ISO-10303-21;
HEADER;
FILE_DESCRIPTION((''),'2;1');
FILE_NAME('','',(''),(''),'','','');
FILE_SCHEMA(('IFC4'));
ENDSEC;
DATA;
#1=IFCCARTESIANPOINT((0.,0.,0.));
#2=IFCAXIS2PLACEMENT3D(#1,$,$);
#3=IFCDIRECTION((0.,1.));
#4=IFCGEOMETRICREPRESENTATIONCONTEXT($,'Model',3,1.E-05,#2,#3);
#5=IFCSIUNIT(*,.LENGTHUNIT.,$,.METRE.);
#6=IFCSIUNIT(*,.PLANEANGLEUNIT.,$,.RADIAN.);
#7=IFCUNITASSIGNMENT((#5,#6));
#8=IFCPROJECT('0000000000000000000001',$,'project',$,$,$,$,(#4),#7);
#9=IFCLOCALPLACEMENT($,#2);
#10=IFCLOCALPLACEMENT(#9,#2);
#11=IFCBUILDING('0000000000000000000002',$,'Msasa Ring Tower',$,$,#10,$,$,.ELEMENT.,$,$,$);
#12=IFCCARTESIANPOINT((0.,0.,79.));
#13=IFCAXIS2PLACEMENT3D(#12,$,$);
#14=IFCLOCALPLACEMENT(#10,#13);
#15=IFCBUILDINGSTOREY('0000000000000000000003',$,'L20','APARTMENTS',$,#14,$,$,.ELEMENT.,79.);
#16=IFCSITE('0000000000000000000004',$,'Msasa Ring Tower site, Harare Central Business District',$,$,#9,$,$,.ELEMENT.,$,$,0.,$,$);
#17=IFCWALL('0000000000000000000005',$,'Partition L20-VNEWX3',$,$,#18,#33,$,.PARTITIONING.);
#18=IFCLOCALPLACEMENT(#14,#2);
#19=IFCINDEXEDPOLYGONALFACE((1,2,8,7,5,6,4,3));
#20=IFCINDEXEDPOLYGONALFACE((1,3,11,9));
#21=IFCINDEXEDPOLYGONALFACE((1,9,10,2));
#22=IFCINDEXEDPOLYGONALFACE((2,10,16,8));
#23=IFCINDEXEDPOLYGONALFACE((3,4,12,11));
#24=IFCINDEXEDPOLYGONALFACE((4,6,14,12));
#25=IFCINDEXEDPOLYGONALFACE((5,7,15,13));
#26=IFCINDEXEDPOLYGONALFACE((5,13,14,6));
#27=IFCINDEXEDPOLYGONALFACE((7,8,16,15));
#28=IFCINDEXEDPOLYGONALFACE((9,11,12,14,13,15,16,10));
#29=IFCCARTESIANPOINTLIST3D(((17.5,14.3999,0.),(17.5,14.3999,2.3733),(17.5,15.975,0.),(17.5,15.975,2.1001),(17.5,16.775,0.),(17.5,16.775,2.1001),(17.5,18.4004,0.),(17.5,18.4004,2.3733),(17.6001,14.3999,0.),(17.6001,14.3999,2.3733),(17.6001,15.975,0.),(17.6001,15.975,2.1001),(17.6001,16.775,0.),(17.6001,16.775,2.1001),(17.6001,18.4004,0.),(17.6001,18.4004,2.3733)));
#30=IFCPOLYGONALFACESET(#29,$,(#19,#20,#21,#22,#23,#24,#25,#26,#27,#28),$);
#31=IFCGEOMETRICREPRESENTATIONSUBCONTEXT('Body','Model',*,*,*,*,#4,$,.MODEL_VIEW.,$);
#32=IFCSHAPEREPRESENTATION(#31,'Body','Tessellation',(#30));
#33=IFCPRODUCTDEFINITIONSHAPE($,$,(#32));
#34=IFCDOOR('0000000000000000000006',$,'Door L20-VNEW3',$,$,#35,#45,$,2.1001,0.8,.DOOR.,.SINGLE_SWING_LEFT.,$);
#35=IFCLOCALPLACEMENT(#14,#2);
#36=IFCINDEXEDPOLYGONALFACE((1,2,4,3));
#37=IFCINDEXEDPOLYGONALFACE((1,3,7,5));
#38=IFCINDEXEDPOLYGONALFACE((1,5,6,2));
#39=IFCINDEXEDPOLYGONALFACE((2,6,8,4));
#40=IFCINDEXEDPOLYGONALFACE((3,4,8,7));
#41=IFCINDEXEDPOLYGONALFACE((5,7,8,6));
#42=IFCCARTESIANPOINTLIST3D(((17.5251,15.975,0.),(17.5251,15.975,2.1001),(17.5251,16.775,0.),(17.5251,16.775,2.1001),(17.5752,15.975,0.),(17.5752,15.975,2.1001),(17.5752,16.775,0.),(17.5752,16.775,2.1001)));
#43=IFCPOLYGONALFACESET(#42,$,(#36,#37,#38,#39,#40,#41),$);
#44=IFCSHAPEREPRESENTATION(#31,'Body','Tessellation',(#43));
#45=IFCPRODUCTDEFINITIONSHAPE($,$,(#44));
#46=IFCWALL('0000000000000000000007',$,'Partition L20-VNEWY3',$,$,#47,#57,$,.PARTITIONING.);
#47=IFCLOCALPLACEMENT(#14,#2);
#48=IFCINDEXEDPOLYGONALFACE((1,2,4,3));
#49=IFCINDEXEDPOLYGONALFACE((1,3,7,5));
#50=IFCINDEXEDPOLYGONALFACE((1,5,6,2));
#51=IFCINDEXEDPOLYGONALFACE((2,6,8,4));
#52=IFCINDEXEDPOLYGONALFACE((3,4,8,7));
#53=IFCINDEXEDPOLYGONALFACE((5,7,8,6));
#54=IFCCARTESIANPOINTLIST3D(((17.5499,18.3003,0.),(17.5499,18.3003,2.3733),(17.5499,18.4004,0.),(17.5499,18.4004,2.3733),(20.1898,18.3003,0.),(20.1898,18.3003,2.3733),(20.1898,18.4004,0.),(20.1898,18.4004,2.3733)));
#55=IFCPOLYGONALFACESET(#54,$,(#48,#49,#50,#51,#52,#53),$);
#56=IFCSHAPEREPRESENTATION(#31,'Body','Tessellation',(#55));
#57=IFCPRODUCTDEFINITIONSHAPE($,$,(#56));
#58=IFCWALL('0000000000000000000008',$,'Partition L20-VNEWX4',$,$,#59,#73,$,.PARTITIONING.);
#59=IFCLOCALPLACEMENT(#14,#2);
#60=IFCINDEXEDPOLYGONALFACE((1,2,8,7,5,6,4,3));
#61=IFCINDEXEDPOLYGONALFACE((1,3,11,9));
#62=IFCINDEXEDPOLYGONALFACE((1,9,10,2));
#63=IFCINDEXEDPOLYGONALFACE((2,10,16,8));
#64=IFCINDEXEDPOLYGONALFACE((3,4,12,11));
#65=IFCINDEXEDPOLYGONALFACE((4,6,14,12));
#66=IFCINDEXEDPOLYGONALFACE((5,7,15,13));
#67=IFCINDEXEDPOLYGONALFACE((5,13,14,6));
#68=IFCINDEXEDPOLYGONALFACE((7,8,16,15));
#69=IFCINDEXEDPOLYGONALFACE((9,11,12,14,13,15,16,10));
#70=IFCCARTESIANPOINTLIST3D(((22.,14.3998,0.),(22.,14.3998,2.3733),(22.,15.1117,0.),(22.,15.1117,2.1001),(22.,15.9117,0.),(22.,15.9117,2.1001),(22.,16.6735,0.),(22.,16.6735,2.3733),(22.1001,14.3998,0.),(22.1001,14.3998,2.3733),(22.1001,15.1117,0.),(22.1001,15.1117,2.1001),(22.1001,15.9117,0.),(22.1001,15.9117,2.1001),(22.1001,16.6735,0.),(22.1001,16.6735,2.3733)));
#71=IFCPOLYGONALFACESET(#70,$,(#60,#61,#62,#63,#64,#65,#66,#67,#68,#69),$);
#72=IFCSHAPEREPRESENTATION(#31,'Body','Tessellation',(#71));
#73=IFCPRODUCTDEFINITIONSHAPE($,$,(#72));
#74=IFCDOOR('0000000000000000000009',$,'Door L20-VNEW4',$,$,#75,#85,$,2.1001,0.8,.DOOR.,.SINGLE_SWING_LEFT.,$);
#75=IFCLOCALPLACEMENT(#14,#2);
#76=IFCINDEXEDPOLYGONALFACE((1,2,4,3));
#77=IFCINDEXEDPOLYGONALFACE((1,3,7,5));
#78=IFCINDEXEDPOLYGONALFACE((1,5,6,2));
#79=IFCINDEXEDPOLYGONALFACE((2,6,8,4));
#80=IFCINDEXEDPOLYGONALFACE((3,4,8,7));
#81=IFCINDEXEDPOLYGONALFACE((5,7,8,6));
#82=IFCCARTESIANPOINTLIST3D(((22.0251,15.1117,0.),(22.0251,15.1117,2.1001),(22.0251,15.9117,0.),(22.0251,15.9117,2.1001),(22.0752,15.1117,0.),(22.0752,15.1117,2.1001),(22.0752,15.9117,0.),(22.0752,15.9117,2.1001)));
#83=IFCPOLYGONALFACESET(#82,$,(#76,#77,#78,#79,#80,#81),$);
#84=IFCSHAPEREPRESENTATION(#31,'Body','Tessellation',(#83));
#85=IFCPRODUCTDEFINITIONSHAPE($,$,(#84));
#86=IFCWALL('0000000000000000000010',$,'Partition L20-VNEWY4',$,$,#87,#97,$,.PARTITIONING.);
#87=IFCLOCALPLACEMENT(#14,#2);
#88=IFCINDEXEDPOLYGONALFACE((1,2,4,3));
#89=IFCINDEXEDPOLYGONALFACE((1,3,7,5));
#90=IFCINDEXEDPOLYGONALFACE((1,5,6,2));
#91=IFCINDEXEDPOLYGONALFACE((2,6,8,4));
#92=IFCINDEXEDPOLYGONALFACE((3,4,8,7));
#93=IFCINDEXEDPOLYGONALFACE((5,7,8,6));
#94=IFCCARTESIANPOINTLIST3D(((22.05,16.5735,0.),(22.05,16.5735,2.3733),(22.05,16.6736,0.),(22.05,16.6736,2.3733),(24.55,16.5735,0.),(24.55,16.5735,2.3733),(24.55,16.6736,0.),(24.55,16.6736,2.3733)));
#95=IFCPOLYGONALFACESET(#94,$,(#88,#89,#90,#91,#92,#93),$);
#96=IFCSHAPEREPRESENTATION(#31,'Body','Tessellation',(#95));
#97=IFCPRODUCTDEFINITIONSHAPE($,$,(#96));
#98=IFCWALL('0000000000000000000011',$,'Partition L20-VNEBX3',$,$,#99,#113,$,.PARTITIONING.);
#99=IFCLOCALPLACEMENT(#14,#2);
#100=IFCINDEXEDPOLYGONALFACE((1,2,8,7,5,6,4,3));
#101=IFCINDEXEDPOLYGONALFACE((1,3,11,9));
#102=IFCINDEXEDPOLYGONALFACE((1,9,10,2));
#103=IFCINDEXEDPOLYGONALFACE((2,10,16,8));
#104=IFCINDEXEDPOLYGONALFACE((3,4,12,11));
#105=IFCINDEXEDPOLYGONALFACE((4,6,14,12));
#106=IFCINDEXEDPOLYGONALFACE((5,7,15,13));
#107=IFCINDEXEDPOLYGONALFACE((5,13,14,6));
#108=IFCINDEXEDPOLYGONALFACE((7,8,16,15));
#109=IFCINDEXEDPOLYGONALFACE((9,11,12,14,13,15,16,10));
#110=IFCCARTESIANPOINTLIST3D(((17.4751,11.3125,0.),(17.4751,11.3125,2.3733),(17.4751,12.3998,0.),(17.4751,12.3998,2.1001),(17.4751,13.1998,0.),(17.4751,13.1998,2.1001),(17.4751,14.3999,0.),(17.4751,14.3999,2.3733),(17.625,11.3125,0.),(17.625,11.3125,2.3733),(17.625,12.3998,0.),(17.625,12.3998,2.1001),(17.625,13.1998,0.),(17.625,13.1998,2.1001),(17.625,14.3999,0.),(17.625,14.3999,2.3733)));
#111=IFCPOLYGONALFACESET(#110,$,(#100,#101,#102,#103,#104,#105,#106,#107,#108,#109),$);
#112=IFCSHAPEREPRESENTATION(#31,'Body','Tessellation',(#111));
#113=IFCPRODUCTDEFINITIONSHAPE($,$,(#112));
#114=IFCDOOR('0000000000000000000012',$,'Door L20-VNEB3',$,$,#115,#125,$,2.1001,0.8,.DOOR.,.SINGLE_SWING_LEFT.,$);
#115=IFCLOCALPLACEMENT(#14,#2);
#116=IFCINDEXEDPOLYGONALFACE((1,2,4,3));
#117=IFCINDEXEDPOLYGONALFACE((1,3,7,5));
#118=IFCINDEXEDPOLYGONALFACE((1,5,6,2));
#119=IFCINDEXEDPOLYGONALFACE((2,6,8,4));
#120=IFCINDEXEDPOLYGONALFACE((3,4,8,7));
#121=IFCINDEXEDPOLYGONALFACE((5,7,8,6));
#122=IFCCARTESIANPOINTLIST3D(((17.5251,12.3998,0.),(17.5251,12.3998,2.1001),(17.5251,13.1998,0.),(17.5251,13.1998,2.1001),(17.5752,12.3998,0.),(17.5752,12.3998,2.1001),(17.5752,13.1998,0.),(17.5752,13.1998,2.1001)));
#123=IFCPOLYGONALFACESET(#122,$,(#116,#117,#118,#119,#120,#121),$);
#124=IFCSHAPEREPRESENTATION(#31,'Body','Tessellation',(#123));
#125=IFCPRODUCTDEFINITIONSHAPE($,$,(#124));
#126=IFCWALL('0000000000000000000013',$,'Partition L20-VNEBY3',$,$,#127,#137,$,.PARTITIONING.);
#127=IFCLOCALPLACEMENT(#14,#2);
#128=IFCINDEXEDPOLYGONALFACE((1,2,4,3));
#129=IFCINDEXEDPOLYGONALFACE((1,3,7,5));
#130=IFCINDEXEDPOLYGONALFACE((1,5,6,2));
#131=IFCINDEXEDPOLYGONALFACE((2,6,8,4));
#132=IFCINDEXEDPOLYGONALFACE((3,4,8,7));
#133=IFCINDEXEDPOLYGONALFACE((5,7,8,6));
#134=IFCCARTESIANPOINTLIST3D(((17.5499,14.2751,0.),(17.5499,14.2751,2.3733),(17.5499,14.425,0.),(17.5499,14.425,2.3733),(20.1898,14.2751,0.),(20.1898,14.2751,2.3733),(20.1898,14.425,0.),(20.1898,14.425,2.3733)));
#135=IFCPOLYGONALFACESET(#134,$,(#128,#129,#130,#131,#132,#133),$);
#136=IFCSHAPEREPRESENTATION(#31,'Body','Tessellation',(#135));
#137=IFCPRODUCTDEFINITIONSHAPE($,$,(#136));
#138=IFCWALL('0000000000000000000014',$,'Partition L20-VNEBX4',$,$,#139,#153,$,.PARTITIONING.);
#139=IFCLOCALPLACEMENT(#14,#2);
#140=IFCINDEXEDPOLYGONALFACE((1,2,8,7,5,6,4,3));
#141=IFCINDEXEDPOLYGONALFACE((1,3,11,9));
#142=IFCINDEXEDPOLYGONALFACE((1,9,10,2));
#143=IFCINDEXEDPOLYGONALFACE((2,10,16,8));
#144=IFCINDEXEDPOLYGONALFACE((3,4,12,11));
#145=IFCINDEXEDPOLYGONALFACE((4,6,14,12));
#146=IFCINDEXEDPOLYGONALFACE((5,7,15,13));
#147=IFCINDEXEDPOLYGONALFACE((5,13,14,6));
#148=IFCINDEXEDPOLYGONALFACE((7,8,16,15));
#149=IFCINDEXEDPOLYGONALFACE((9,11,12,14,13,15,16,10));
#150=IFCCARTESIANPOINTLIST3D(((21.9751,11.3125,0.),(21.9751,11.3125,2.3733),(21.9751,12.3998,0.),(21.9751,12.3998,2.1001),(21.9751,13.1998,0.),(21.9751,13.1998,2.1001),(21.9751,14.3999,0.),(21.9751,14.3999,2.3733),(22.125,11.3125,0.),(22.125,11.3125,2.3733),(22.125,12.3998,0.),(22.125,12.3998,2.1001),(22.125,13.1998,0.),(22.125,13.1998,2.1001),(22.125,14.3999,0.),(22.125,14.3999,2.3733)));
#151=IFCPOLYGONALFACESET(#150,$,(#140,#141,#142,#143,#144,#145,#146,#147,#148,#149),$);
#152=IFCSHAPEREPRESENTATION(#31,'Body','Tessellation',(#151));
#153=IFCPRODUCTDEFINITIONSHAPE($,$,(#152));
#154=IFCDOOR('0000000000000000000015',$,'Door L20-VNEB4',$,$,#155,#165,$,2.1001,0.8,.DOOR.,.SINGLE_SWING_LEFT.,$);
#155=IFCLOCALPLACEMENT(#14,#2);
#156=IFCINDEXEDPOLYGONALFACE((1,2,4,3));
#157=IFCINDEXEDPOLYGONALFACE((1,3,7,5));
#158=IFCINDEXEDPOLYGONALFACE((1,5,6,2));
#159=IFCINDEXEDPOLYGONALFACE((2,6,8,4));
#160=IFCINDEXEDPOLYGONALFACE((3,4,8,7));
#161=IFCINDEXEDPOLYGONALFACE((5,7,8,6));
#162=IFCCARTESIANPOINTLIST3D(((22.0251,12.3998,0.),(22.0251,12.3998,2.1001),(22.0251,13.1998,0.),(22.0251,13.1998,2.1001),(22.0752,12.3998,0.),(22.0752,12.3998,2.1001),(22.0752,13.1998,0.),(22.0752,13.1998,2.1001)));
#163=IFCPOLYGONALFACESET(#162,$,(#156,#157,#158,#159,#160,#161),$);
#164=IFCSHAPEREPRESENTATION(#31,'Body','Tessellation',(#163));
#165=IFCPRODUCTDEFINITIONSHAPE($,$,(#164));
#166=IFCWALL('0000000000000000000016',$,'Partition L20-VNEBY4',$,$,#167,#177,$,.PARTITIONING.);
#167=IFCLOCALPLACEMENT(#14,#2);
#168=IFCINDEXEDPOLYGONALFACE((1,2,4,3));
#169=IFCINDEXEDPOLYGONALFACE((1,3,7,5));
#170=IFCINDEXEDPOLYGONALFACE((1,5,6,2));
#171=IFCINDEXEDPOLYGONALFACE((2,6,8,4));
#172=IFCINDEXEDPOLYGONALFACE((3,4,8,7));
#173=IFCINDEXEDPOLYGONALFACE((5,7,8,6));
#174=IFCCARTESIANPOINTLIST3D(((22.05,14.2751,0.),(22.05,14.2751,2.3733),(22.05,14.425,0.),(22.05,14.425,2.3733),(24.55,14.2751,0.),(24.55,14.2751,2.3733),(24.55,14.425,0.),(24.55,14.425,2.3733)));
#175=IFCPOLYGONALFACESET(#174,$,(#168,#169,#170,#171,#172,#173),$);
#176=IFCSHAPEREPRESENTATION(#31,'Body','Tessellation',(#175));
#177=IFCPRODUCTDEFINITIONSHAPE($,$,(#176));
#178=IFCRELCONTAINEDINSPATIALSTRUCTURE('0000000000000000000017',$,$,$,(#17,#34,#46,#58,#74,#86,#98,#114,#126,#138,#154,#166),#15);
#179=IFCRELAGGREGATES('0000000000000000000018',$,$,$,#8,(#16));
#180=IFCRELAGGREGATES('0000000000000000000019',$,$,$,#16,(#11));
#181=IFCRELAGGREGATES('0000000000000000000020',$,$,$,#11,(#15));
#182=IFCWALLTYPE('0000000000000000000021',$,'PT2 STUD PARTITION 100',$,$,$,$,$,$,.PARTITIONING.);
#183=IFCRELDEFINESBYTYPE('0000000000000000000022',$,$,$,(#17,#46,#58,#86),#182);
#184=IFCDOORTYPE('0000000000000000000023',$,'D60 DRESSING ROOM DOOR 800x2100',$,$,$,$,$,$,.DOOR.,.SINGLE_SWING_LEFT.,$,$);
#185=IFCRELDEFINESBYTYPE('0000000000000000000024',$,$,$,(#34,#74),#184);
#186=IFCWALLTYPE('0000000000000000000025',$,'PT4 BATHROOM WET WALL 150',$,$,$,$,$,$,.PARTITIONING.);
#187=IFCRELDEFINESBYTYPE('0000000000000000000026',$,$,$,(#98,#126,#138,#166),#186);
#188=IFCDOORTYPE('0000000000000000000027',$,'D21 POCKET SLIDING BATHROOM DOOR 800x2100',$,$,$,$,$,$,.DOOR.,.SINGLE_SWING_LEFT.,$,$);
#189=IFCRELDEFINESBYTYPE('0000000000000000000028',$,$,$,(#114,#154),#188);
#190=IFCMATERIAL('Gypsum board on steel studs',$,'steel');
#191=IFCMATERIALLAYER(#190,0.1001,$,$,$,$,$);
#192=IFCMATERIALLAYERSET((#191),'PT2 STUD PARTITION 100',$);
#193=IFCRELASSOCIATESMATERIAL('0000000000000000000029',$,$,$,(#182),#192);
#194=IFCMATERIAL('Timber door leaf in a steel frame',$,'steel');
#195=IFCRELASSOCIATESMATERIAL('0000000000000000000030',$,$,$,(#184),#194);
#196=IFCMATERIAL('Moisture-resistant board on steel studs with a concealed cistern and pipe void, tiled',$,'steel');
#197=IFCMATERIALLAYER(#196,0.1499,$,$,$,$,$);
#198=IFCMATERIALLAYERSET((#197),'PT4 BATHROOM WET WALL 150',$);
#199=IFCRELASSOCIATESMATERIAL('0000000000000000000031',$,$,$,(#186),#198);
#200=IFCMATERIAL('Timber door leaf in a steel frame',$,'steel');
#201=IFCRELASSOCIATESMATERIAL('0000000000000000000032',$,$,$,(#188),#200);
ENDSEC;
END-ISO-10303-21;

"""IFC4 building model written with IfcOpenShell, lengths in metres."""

from ifc_helpers import new_model, si_unit, direction, frame, frame_2d, origin, place, context, subcontext, project, spatial, rectangle, extrude, material, layer, layer_set, type_object, element, fill, save


model = new_model("IFC4")

# Units and contexts
model_context = context("Model", 3, precision=1e-05, world=origin(), true_north=direction((0.0, 1.0)))
body_context = subcontext(model_context, "Body", "Model", "MODEL_VIEW")
ifc_project = project(units=[si_unit("LENGTHUNIT", "METRE"), si_unit("PLANEANGLEUNIT", "RADIAN")], contexts=[model_context])

# Site, building, storey
site_placement = place(None, origin())
site = spatial("IfcSite", under=ifc_project, at=site_placement, Name="Msasa Ring Tower site, Harare Central Business District", CompositionType="ELEMENT", RefElevation=0.0)
building_placement = place(site_placement, origin())
building = spatial("IfcBuilding", under=site, at=building_placement, Name="Msasa Ring Tower", CompositionType="ELEMENT")
storey_placement = place(building_placement, frame((0.0, 0.0, 79.0)))
storey = spatial("IfcBuildingStorey", under=building, at=storey_placement, Name="L20", Description="APARTMENTS", CompositionType="ELEMENT", Elevation=79.0)

# Wall, opening, door
ifc_material_1 = material(Name="Gypsum board on steel studs", Category="steel")
ifc_layer_1 = layer(ifc_material_1, 0.1001)
ifc_layer_set_1 = layer_set([ifc_layer_1], Name="PT2 STUD PARTITION 100")
wall_type_1 = type_object("IfcWallType", Name="PT2 STUD PARTITION 100", PredefinedType="PARTITIONING", material=ifc_layer_set_1)
wall_1_placement = place(storey_placement, frame((17.55, 14.3999, 0.0), z_axis=(0.0, 0.0, 1.0), x_axis=(0.0, 1.0, 0.0)))
wall_1 = element("IfcWall", 1, at=wall_1_placement, inside=storey, type_object=wall_type_1, Name="Partition L20-VNEWX3", PredefinedType="PARTITIONING", context=body_context, shape_type="SweptSolid", body=[
    extrude(rectangle(XDim=4.0005, YDim=0.1001, at=frame_2d((2.0002, 0.0))), origin(), (0.0, 0.0, 1.0), 2.3733),
])
opening_1_placement = place(wall_1_placement, frame((1.5752, 0.0, 0.0)))
opening_1 = element("IfcOpeningElement", 2, at=opening_1_placement, cuts=wall_1, PredefinedType="OPENING", context=body_context, shape_type="SweptSolid", body=[
    extrude(rectangle(XDim=0.8, YDim=2.1001, at=frame_2d((0.3999, 1.05))), frame((0.0, 0.0601, 0.0), z_axis=(0.0, -1.0, 0.0), x_axis=(1.0, 0.0, 0.0)), (0.0, 0.0, 1.0), 0.1201),
])
ifc_material_2 = material(Name="Timber door leaf in a steel frame", Category="steel")
door_type_1 = type_object("IfcDoorType", Name="D60 DRESSING ROOM DOOR 800x2100", OperationType="SINGLE_SWING_LEFT", PredefinedType="DOOR", material=ifc_material_2)
door_1_placement = place(opening_1_placement, origin())
door_1 = element("IfcDoor", 3, at=door_1_placement, inside=storey, type_object=door_type_1, Name="Door L20-VNEW3", OperationType="SINGLE_SWING_LEFT", OverallHeight=2.1001, OverallWidth=0.8, PredefinedType="DOOR", context=body_context, shape_type="SweptSolid", body=[
    extrude(rectangle(XDim=0.8, YDim=2.1001, at=frame_2d((0.3999, 1.05))), frame((0.0, 0.0249, 0.0), z_axis=(0.0, -1.0, 0.0), x_axis=(1.0, 0.0, 0.0)), (0.0, 0.0, 1.0), 0.05),
])
fill(opening_1, door_1)

# Wall
wall_2_placement = place(storey_placement, frame((17.55, 18.3503, 0.0), z_axis=(0.0, 0.0, 1.0), x_axis=(1.0, 0.0, 0.0)))
element("IfcWall", 4, at=wall_2_placement, inside=storey, type_object=wall_type_1, Name="Partition L20-VNEWY3", PredefinedType="PARTITIONING", context=body_context, shape_type="SweptSolid", body=[
    extrude(rectangle(XDim=2.6399, YDim=0.1001, at=frame_2d((1.3198, 0.0))), origin(), (0.0, 0.0, 1.0), 2.3733),
])

# Wall, opening, door
wall_3_placement = place(storey_placement, frame((22.05, 14.3999, 0.0), z_axis=(0.0, 0.0, 1.0), x_axis=(0.0, 1.0, 0.0)))
wall_3 = element("IfcWall", 5, at=wall_3_placement, inside=storey, type_object=wall_type_1, Name="Partition L20-VNEWX4", PredefinedType="PARTITIONING", context=body_context, shape_type="SweptSolid", body=[
    extrude(rectangle(XDim=2.2737, YDim=0.1001, at=frame_2d((1.1367, 0.0))), origin(), (0.0, 0.0, 1.0), 2.3733),
])
opening_2_placement = place(wall_3_placement, frame((0.7119, 0.0, 0.0)))
opening_2 = element("IfcOpeningElement", 6, at=opening_2_placement, cuts=wall_3, PredefinedType="OPENING", context=body_context, shape_type="SweptSolid", body=[
    extrude(rectangle(XDim=0.8, YDim=2.1001, at=frame_2d((0.3999, 1.05))), frame((0.0, 0.0601, 0.0), z_axis=(0.0, -1.0, 0.0), x_axis=(1.0, 0.0, 0.0)), (0.0, 0.0, 1.0), 0.1201),
])
door_2_placement = place(opening_2_placement, origin())
door_2 = element("IfcDoor", 7, at=door_2_placement, inside=storey, type_object=door_type_1, Name="Door L20-VNEW4", OperationType="SINGLE_SWING_LEFT", OverallHeight=2.1001, OverallWidth=0.8, PredefinedType="DOOR", context=body_context, shape_type="SweptSolid", body=[
    extrude(rectangle(XDim=0.8, YDim=2.1001, at=frame_2d((0.3999, 1.05))), frame((0.0, 0.0249, 0.0), z_axis=(0.0, -1.0, 0.0), x_axis=(1.0, 0.0, 0.0)), (0.0, 0.0, 1.0), 0.05),
])
fill(opening_2, door_2)

# Wall
wall_4_placement = place(storey_placement, frame((22.05, 16.6235, 0.0), z_axis=(0.0, 0.0, 1.0), x_axis=(1.0, 0.0, 0.0)))
element("IfcWall", 8, at=wall_4_placement, inside=storey, type_object=wall_type_1, Name="Partition L20-VNEWY4", PredefinedType="PARTITIONING", context=body_context, shape_type="SweptSolid", body=[
    extrude(rectangle(XDim=2.5, YDim=0.1001, at=frame_2d((1.25, 0.0))), origin(), (0.0, 0.0, 1.0), 2.3733),
])

# Wall, opening, door
ifc_material_3 = material(Name="Moisture-resistant board on steel studs with a concealed cistern and pipe void, tiled", Category="steel")
ifc_layer_2 = layer(ifc_material_3, 0.1499)
ifc_layer_set_2 = layer_set([ifc_layer_2], Name="PT4 BATHROOM WET WALL 150")
wall_type_2 = type_object("IfcWallType", Name="PT4 BATHROOM WET WALL 150", PredefinedType="PARTITIONING", material=ifc_layer_set_2)
wall_5_placement = place(storey_placement, frame((17.55, 11.3125, 0.0), z_axis=(0.0, 0.0, 1.0), x_axis=(0.0, 1.0, 0.0)))
wall_5 = element("IfcWall", 9, at=wall_5_placement, inside=storey, type_object=wall_type_2, Name="Partition L20-VNEBX3", PredefinedType="PARTITIONING", context=body_context, shape_type="SweptSolid", body=[
    extrude(rectangle(XDim=3.0874, YDim=0.1499, at=frame_2d((1.5437, 0.0))), origin(), (0.0, 0.0, 1.0), 2.3733),
])
opening_3_placement = place(wall_5_placement, frame((1.0874, 0.0, 0.0)))
opening_3 = element("IfcOpeningElement", 10, at=opening_3_placement, cuts=wall_5, PredefinedType="OPENING", context=body_context, shape_type="SweptSolid", body=[
    extrude(rectangle(XDim=0.8, YDim=2.1001, at=frame_2d((0.3999, 1.05))), frame((0.0, 0.085, 0.0), z_axis=(0.0, -1.0, 0.0), x_axis=(1.0, 0.0, 0.0)), (0.0, 0.0, 1.0), 0.1699),
])
ifc_material_4 = material(Name="Timber door leaf in a steel frame", Category="steel")
door_type_2 = type_object("IfcDoorType", Name="D21 POCKET SLIDING BATHROOM DOOR 800x2100", OperationType="SINGLE_SWING_LEFT", PredefinedType="DOOR", material=ifc_material_4)
door_3_placement = place(opening_3_placement, origin())
door_3 = element("IfcDoor", 11, at=door_3_placement, inside=storey, type_object=door_type_2, Name="Door L20-VNEB3", OperationType="SINGLE_SWING_LEFT", OverallHeight=2.1001, OverallWidth=0.8, PredefinedType="DOOR", context=body_context, shape_type="SweptSolid", body=[
    extrude(rectangle(XDim=0.8, YDim=2.1001, at=frame_2d((0.3999, 1.05))), frame((0.0, 0.0249, 0.0), z_axis=(0.0, -1.0, 0.0), x_axis=(1.0, 0.0, 0.0)), (0.0, 0.0, 1.0), 0.05),
])
fill(opening_3, door_3)

# Wall
wall_6_placement = place(storey_placement, frame((17.55, 14.3501, 0.0), z_axis=(0.0, 0.0, 1.0), x_axis=(1.0, 0.0, 0.0)))
element("IfcWall", 12, at=wall_6_placement, inside=storey, type_object=wall_type_2, Name="Partition L20-VNEBY3", PredefinedType="PARTITIONING", context=body_context, shape_type="SweptSolid", body=[
    extrude(rectangle(XDim=2.6399, YDim=0.1499, at=frame_2d((1.3198, 0.0))), origin(), (0.0, 0.0, 1.0), 2.3733),
])

# Wall, opening, door
wall_7_placement = place(storey_placement, frame((22.05, 11.3125, 0.0), z_axis=(0.0, 0.0, 1.0), x_axis=(0.0, 1.0, 0.0)))
wall_7 = element("IfcWall", 13, at=wall_7_placement, inside=storey, type_object=wall_type_2, Name="Partition L20-VNEBX4", PredefinedType="PARTITIONING", context=body_context, shape_type="SweptSolid", body=[
    extrude(rectangle(XDim=3.0874, YDim=0.1499, at=frame_2d((1.5437, 0.0))), origin(), (0.0, 0.0, 1.0), 2.3733),
])
opening_4_placement = place(wall_7_placement, frame((1.0874, 0.0, 0.0)))
opening_4 = element("IfcOpeningElement", 14, at=opening_4_placement, cuts=wall_7, PredefinedType="OPENING", context=body_context, shape_type="SweptSolid", body=[
    extrude(rectangle(XDim=0.8, YDim=2.1001, at=frame_2d((0.3999, 1.05))), frame((0.0, 0.085, 0.0), z_axis=(0.0, -1.0, 0.0), x_axis=(1.0, 0.0, 0.0)), (0.0, 0.0, 1.0), 0.1699),
])
door_4_placement = place(opening_4_placement, origin())
door_4 = element("IfcDoor", 15, at=door_4_placement, inside=storey, type_object=door_type_2, Name="Door L20-VNEB4", OperationType="SINGLE_SWING_LEFT", OverallHeight=2.1001, OverallWidth=0.8, PredefinedType="DOOR", context=body_context, shape_type="SweptSolid", body=[
    extrude(rectangle(XDim=0.8, YDim=2.1001, at=frame_2d((0.3999, 1.05))), frame((0.0, 0.0249, 0.0), z_axis=(0.0, -1.0, 0.0), x_axis=(1.0, 0.0, 0.0)), (0.0, 0.0, 1.0), 0.05),
])
fill(opening_4, door_4)

# Wall
wall_8_placement = place(storey_placement, frame((22.05, 14.3501, 0.0), z_axis=(0.0, 0.0, 1.0), x_axis=(1.0, 0.0, 0.0)))
element("IfcWall", 16, at=wall_8_placement, inside=storey, type_object=wall_type_2, Name="Partition L20-VNEBY4", PredefinedType="PARTITIONING", context=body_context, shape_type="SweptSolid", body=[
    extrude(rectangle(XDim=2.5, YDim=0.1499, at=frame_2d((1.25, 0.0))), origin(), (0.0, 0.0, 1.0), 2.3733),
])

save(model, "model.ifc")
